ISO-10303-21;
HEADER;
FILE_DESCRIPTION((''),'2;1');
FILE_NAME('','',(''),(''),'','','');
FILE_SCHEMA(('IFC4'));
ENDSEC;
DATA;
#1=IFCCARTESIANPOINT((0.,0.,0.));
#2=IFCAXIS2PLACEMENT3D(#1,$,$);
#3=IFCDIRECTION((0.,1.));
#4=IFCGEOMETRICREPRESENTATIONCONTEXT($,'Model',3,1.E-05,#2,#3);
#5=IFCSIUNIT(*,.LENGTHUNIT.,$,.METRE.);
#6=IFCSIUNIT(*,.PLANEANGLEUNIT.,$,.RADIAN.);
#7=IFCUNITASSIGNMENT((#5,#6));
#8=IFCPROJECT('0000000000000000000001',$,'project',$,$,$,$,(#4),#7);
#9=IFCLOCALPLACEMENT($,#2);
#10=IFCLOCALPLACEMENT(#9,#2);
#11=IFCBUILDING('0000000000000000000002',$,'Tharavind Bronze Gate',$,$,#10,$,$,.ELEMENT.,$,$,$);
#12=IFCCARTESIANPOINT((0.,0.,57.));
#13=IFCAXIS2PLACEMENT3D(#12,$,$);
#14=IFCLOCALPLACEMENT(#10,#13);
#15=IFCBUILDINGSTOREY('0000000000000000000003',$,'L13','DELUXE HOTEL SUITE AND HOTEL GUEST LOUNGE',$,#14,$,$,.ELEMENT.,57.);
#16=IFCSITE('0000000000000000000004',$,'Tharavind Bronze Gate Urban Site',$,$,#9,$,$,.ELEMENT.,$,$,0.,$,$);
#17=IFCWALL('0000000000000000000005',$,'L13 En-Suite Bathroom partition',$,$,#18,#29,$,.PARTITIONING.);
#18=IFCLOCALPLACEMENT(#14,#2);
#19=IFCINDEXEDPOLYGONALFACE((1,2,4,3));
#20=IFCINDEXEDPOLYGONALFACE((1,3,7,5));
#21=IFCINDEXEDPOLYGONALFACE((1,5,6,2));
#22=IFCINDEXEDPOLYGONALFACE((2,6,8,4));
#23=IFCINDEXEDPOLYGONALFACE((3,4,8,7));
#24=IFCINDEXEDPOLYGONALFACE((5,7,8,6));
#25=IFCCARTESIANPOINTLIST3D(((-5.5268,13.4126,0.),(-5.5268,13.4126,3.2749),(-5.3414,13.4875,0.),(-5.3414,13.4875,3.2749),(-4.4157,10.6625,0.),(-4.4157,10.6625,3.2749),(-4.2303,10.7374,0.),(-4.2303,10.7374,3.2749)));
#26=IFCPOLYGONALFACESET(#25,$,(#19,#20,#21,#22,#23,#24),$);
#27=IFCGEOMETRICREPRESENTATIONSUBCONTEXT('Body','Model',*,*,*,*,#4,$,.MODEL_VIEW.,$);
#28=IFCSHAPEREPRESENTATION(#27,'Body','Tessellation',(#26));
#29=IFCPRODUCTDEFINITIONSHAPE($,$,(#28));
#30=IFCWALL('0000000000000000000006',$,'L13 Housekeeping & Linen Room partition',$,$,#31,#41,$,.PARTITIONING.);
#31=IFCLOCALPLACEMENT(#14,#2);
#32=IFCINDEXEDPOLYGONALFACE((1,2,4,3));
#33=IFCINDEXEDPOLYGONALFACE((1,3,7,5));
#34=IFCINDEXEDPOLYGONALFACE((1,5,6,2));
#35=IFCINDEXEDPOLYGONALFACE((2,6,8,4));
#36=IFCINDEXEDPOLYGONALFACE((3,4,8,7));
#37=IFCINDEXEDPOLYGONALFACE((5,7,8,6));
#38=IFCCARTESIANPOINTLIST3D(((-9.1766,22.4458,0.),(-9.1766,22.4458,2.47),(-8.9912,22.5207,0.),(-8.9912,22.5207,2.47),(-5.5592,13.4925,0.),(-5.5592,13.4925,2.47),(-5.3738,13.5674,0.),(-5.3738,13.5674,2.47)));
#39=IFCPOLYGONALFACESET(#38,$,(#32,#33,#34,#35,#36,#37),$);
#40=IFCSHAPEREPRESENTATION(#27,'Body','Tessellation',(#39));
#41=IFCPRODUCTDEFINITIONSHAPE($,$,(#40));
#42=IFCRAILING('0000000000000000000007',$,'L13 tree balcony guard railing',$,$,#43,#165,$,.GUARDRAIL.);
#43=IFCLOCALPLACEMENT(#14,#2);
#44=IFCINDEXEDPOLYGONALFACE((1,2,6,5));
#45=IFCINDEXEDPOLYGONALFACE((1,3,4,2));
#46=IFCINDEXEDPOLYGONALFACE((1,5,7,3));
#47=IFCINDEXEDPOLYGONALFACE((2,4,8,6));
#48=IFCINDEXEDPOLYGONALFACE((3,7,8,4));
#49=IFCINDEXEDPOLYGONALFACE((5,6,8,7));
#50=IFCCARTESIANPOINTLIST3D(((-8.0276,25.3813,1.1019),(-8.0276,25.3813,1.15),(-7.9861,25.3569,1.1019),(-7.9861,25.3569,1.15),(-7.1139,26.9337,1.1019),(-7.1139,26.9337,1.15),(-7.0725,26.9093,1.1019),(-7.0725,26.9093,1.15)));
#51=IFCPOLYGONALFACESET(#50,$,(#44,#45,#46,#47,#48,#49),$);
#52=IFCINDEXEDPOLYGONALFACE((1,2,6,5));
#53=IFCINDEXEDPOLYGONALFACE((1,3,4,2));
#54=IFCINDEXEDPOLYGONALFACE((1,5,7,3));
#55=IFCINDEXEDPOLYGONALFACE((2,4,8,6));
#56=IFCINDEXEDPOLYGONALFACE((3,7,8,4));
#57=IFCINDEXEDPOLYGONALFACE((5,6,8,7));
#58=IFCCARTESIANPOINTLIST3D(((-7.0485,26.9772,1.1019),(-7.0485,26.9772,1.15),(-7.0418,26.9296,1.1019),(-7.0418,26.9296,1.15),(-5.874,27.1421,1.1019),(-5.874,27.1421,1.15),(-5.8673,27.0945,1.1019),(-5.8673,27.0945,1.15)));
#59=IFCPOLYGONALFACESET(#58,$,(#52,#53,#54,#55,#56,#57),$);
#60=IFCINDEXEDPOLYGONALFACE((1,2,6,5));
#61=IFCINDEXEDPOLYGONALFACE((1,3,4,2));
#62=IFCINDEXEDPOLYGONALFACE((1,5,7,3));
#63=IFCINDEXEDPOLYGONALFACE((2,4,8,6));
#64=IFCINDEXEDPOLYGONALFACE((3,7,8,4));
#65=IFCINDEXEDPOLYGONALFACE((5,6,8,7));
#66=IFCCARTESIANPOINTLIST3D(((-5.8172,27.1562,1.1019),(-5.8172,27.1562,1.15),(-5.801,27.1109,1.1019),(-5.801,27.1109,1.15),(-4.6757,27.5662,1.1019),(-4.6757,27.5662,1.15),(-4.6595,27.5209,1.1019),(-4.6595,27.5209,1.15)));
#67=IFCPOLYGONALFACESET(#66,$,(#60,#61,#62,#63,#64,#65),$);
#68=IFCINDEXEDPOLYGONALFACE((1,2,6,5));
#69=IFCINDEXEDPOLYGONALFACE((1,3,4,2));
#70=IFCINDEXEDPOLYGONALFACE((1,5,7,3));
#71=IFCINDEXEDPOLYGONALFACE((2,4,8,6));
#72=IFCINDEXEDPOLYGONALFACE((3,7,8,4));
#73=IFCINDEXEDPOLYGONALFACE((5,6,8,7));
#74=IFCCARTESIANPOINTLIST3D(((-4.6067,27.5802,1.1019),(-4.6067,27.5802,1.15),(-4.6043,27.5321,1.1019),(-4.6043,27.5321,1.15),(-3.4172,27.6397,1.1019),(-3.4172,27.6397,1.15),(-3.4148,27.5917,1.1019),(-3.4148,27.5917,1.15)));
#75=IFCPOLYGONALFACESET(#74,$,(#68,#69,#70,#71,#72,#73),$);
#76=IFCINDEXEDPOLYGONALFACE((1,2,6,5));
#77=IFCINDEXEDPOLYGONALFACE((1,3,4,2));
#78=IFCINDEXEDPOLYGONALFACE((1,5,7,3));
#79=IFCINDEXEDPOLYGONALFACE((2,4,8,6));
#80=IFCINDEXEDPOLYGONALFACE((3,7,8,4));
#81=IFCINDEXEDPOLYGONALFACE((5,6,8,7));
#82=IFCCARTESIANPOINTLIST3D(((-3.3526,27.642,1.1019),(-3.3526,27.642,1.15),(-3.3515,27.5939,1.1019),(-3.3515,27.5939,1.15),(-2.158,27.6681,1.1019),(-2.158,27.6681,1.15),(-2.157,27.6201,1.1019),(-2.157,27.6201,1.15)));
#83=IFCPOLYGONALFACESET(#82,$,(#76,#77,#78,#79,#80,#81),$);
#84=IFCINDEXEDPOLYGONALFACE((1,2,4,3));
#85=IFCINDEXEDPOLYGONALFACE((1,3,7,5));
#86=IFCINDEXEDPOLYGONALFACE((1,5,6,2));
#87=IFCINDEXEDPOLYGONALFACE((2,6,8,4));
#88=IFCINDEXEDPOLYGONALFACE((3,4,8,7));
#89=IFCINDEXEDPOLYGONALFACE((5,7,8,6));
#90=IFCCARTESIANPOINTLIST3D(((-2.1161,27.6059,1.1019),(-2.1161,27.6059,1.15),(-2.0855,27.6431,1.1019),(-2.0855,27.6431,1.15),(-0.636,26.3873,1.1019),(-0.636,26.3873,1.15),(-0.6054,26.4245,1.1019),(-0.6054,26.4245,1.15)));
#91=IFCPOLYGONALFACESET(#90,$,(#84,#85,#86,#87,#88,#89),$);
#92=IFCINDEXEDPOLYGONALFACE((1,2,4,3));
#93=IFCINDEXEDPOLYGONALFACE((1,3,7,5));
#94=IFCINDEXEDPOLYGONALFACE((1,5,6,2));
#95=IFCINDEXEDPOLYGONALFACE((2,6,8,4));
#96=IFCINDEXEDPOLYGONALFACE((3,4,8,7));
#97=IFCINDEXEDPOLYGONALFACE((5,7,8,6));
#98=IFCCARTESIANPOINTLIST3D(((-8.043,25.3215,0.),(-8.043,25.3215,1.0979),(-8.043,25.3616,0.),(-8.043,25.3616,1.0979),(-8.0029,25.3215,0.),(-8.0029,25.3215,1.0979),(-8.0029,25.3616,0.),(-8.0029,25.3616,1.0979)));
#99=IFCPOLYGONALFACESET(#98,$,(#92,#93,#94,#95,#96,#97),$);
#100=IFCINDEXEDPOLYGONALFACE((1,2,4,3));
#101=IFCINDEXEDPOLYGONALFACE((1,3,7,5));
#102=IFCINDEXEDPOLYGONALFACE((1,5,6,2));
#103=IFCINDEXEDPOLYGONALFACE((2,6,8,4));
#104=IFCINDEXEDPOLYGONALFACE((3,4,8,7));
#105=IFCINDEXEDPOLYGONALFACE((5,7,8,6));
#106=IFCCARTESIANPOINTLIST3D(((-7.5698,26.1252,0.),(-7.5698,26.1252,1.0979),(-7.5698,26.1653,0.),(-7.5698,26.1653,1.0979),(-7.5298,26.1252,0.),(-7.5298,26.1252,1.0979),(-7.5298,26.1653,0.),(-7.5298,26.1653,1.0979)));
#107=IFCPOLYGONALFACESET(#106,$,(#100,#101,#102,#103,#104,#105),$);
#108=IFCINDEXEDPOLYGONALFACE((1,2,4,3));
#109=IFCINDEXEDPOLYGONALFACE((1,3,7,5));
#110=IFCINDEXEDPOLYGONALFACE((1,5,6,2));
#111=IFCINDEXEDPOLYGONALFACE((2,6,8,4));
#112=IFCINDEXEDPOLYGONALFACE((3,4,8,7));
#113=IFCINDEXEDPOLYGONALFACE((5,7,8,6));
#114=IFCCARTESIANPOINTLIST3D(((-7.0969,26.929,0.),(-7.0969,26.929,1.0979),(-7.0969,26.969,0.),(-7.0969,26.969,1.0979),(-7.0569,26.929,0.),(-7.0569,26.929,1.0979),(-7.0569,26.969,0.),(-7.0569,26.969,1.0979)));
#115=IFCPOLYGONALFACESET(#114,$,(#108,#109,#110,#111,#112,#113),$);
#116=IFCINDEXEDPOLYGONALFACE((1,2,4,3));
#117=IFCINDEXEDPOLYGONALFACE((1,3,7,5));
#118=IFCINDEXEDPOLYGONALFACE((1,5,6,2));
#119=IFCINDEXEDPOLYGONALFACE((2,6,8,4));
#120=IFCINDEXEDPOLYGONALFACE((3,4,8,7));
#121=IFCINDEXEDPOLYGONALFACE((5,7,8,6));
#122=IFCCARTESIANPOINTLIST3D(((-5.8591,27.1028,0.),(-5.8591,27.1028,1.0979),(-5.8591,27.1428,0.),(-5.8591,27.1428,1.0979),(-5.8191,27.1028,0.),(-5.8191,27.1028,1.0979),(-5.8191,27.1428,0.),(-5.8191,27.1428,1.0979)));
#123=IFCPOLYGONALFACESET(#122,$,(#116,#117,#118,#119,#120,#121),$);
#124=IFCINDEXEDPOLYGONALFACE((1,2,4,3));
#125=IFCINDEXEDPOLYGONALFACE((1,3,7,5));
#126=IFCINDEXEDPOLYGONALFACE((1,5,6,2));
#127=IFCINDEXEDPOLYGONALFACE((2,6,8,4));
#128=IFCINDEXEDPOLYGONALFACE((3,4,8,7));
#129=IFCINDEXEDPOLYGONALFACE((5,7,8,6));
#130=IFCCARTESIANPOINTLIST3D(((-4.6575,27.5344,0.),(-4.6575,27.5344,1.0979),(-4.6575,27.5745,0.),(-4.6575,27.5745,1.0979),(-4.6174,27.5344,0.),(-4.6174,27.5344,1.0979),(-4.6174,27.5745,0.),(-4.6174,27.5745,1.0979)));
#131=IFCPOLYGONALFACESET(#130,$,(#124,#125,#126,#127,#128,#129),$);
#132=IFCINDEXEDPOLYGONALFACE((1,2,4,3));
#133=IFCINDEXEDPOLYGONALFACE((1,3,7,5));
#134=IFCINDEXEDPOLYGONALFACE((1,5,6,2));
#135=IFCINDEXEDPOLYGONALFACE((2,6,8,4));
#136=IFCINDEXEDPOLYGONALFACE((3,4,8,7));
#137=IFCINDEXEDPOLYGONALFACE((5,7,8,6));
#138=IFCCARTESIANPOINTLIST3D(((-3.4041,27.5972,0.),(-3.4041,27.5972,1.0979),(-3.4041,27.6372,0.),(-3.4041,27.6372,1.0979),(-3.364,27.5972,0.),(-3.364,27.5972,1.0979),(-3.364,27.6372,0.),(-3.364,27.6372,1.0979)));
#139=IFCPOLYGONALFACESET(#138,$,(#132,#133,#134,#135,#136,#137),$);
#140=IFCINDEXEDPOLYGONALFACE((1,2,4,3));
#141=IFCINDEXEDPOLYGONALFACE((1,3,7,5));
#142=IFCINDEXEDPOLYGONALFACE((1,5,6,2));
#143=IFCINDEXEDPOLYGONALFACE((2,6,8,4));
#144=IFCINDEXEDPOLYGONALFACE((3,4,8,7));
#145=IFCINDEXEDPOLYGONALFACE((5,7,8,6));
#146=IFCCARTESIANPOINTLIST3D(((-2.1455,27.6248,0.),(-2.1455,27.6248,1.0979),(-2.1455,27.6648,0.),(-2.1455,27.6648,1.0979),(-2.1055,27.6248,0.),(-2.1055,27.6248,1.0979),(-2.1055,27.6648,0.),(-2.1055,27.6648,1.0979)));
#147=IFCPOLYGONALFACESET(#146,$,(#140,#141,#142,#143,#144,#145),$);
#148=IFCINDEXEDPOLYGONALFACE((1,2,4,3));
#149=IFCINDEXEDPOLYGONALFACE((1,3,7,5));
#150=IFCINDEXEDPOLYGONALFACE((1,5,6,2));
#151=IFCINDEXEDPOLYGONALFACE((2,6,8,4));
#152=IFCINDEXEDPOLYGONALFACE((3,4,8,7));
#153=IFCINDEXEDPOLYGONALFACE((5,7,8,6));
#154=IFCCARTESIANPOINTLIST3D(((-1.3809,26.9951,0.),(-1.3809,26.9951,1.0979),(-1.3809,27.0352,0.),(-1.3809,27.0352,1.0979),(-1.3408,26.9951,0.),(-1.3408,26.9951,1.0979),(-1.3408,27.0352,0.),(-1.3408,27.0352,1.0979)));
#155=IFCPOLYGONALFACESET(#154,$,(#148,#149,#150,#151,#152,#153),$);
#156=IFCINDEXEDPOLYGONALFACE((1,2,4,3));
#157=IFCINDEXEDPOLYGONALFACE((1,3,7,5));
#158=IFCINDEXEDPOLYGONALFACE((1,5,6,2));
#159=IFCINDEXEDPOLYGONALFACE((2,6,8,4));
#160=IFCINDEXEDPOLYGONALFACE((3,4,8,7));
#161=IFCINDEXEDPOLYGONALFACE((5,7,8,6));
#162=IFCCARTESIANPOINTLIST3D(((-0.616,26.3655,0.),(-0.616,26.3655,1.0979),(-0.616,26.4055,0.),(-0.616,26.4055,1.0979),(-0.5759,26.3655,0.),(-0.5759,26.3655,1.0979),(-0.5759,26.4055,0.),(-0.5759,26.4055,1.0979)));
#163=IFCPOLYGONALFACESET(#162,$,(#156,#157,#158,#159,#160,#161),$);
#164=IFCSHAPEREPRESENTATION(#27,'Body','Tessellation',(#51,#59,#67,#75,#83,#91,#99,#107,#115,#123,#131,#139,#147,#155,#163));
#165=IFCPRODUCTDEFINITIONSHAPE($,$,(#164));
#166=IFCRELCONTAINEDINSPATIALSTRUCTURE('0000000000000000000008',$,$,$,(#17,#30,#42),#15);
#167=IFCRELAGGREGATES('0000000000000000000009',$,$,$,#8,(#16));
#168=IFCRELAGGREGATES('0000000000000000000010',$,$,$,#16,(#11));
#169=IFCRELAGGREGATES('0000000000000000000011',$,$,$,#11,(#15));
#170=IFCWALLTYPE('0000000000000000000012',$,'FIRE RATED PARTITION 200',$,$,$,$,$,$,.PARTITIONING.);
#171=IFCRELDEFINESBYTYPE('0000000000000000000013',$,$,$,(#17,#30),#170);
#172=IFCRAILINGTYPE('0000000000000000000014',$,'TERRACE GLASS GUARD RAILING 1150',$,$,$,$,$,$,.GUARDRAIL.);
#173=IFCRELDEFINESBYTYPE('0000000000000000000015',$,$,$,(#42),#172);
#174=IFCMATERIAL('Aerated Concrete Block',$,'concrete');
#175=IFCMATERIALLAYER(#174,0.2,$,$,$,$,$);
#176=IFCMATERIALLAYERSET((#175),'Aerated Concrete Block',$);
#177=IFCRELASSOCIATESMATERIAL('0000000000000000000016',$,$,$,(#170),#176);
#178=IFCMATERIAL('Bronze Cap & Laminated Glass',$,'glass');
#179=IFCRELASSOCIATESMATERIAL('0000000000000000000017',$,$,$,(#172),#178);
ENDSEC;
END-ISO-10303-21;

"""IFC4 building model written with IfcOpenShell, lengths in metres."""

from ifc_helpers import new_model, si_unit, direction, frame, frame_2d, origin, origin_2d, place, context, subcontext, project, spatial, rectangle, extrude, material, layer, layer_set, type_object, element, save


model = new_model("IFC4")

# Units and contexts
model_context = context("Model", 3, precision=1e-05, world=origin(), true_north=direction((0.0, 1.0)))
body_context = subcontext(model_context, "Body", "Model", "MODEL_VIEW")
ifc_project = project(units=[si_unit("LENGTHUNIT", "METRE"), si_unit("PLANEANGLEUNIT", "RADIAN")], contexts=[model_context])

# Site, building, storey
site_placement = place(None, origin())
site = spatial("IfcSite", under=ifc_project, at=site_placement, Name="Tharavind Bronze Gate Urban Site", CompositionType="ELEMENT", RefElevation=0.0)
building_placement = place(site_placement, origin())
building = spatial("IfcBuilding", under=site, at=building_placement, Name="Tharavind Bronze Gate", CompositionType="ELEMENT")
storey_placement = place(building_placement, frame((0.0, 0.0, 57.0)))
storey = spatial("IfcBuildingStorey", under=building, at=storey_placement, Name="L13", Description="DELUXE HOTEL SUITE AND HOTEL GUEST LOUNGE", CompositionType="ELEMENT", Elevation=57.0)

# Walls
ifc_material_1 = material(Name="Aerated Concrete Block", Category="concrete")
ifc_layer_1 = layer(ifc_material_1, 0.2)
ifc_layer_set_1 = layer_set([ifc_layer_1], Name="Aerated Concrete Block")
wall_type_1 = type_object("IfcWallType", Name="FIRE RATED PARTITION 200", PredefinedType="PARTITIONING", material=ifc_layer_set_1)
wall_1_placement = place(storey_placement, frame((-5.4341, 13.45, 0.0), z_axis=(0.0, 0.0, 1.0), x_axis=(0.37461, -0.927182, 0.0)))
element("IfcWall", 1, at=wall_1_placement, inside=storey, type_object=wall_type_1, Name="L13 En-Suite Bathroom partition", PredefinedType="PARTITIONING", context=body_context, shape_type="SweptSolid", body=[
    extrude(rectangle(XDim=2.9661, YDim=0.2, at=frame_2d((1.4829, 0.0))), origin(), (0.0, 0.0, 1.0), 3.2749),
])
wall_2_placement = place(storey_placement, frame((-5.4666, 13.53, 0.0), z_axis=(0.0, 0.0, 1.0), x_axis=(-0.37461, 0.927183, 0.0)))
element("IfcWall", 2, at=wall_2_placement, inside=storey, type_object=wall_type_1, Name="L13 Housekeeping & Linen Room partition", PredefinedType="PARTITIONING", context=body_context, shape_type="SweptSolid", body=[
    extrude(rectangle(XDim=9.6565, YDim=0.2, at=frame_2d((4.8281, 0.0))), origin(), (0.0, 0.0, 1.0), 2.47),
])

# Railing
ifc_material_2 = material(Name="Bronze Cap & Laminated Glass", Category="glass")
railing_type = type_object("IfcRailingType", Name="TERRACE GLASS GUARD RAILING 1150", PredefinedType="GUARDRAIL", material=ifc_material_2)
railing_placement = place(storey_placement, frame((-8.0229, 25.3416, 0.0)))
element("IfcRailing", 3, at=railing_placement, inside=storey, type_object=railing_type, Name="L13 tree balcony guard railing", PredefinedType="GUARDRAIL", context=body_context, shape_type="SweptSolid", body=[
    extrude(rectangle(XDim=0.0481, YDim=0.0481, at=origin_2d()), frame((0.0161, 0.0276, 1.126), z_axis=(0.50722, 0.861816, 0.0), x_axis=(-0.861816, 0.50722, 0.0)), (0.0, 0.0, 1.0), 1.8013),
    extrude(rectangle(XDim=0.0481, YDim=0.0481, at=origin_2d()), frame((0.9778, 1.6118, 1.126), z_axis=(0.990283, 0.139069, 0.0), x_axis=(-0.139069, 0.990283, 0.0)), (0.0, 0.0, 1.0), 1.186),
    extrude(rectangle(XDim=0.0481, YDim=0.0481, at=origin_2d()), frame((2.2139, 1.792, 1.126), z_axis=(0.941126, 0.338056, 0.0), x_axis=(-0.338056, 0.941126, 0.0)), (0.0, 0.0, 1.0), 1.2129),
    extrude(rectangle(XDim=0.0481, YDim=0.0481, at=origin_2d()), frame((3.4175, 2.2146, 1.126), z_axis=(0.998749, 0.049996, 0.0), x_axis=(-0.049996, 0.998749, 0.0)), (0.0, 0.0, 1.0), 1.1909),
    extrude(rectangle(XDim=0.0481, YDim=0.0481, at=origin_2d()), frame((4.6709, 2.2764, 1.126), z_axis=(0.99976, 0.021915, 0.0), x_axis=(-0.021915, 0.99976, 0.0)), (0.0, 0.0, 1.0), 1.1948),
    extrude(rectangle(XDim=0.0481, YDim=0.0481, at=origin_2d()), frame((5.9221, 2.283, 1.126), z_axis=(0.772016, -0.635604, 0.0), x_axis=(0.635604, 0.772016, 0.0)), (0.0, 0.0, 1.0), 1.9172),
    extrude(rectangle(XDim=0.04, YDim=0.04, at=origin_2d()), origin(), (0.0, 0.0, 1.0), 1.0979),
    extrude(rectangle(XDim=0.04, YDim=0.04, at=origin_2d()), frame((0.4731, 0.8037, 0.0)), (0.0, 0.0, 1.0), 1.0979),
    extrude(rectangle(XDim=0.04, YDim=0.04, at=origin_2d()), frame((0.946, 1.6074, 0.0)), (0.0, 0.0, 1.0), 1.0979),
    extrude(rectangle(XDim=0.04, YDim=0.04, at=origin_2d()), frame((2.1838, 1.7812, 0.0)), (0.0, 0.0, 1.0), 1.0979),
    extrude(rectangle(XDim=0.04, YDim=0.04, at=origin_2d()), frame((3.3855, 2.2129, 0.0)), (0.0, 0.0, 1.0), 1.0979),
    extrude(rectangle(XDim=0.04, YDim=0.04, at=origin_2d()), frame((4.6389, 2.2756, 0.0)), (0.0, 0.0, 1.0), 1.0979),
    extrude(rectangle(XDim=0.04, YDim=0.04, at=origin_2d()), frame((5.8975, 2.3032, 0.0)), (0.0, 0.0, 1.0), 1.0979),
    extrude(rectangle(XDim=0.04, YDim=0.04, at=origin_2d()), frame((6.6621, 1.6736, 0.0)), (0.0, 0.0, 1.0), 1.0979),
    extrude(rectangle(XDim=0.04, YDim=0.04, at=origin_2d()), frame((7.427, 1.0439, 0.0)), (0.0, 0.0, 1.0), 1.0979),
])

save(model, "model.ifc")
